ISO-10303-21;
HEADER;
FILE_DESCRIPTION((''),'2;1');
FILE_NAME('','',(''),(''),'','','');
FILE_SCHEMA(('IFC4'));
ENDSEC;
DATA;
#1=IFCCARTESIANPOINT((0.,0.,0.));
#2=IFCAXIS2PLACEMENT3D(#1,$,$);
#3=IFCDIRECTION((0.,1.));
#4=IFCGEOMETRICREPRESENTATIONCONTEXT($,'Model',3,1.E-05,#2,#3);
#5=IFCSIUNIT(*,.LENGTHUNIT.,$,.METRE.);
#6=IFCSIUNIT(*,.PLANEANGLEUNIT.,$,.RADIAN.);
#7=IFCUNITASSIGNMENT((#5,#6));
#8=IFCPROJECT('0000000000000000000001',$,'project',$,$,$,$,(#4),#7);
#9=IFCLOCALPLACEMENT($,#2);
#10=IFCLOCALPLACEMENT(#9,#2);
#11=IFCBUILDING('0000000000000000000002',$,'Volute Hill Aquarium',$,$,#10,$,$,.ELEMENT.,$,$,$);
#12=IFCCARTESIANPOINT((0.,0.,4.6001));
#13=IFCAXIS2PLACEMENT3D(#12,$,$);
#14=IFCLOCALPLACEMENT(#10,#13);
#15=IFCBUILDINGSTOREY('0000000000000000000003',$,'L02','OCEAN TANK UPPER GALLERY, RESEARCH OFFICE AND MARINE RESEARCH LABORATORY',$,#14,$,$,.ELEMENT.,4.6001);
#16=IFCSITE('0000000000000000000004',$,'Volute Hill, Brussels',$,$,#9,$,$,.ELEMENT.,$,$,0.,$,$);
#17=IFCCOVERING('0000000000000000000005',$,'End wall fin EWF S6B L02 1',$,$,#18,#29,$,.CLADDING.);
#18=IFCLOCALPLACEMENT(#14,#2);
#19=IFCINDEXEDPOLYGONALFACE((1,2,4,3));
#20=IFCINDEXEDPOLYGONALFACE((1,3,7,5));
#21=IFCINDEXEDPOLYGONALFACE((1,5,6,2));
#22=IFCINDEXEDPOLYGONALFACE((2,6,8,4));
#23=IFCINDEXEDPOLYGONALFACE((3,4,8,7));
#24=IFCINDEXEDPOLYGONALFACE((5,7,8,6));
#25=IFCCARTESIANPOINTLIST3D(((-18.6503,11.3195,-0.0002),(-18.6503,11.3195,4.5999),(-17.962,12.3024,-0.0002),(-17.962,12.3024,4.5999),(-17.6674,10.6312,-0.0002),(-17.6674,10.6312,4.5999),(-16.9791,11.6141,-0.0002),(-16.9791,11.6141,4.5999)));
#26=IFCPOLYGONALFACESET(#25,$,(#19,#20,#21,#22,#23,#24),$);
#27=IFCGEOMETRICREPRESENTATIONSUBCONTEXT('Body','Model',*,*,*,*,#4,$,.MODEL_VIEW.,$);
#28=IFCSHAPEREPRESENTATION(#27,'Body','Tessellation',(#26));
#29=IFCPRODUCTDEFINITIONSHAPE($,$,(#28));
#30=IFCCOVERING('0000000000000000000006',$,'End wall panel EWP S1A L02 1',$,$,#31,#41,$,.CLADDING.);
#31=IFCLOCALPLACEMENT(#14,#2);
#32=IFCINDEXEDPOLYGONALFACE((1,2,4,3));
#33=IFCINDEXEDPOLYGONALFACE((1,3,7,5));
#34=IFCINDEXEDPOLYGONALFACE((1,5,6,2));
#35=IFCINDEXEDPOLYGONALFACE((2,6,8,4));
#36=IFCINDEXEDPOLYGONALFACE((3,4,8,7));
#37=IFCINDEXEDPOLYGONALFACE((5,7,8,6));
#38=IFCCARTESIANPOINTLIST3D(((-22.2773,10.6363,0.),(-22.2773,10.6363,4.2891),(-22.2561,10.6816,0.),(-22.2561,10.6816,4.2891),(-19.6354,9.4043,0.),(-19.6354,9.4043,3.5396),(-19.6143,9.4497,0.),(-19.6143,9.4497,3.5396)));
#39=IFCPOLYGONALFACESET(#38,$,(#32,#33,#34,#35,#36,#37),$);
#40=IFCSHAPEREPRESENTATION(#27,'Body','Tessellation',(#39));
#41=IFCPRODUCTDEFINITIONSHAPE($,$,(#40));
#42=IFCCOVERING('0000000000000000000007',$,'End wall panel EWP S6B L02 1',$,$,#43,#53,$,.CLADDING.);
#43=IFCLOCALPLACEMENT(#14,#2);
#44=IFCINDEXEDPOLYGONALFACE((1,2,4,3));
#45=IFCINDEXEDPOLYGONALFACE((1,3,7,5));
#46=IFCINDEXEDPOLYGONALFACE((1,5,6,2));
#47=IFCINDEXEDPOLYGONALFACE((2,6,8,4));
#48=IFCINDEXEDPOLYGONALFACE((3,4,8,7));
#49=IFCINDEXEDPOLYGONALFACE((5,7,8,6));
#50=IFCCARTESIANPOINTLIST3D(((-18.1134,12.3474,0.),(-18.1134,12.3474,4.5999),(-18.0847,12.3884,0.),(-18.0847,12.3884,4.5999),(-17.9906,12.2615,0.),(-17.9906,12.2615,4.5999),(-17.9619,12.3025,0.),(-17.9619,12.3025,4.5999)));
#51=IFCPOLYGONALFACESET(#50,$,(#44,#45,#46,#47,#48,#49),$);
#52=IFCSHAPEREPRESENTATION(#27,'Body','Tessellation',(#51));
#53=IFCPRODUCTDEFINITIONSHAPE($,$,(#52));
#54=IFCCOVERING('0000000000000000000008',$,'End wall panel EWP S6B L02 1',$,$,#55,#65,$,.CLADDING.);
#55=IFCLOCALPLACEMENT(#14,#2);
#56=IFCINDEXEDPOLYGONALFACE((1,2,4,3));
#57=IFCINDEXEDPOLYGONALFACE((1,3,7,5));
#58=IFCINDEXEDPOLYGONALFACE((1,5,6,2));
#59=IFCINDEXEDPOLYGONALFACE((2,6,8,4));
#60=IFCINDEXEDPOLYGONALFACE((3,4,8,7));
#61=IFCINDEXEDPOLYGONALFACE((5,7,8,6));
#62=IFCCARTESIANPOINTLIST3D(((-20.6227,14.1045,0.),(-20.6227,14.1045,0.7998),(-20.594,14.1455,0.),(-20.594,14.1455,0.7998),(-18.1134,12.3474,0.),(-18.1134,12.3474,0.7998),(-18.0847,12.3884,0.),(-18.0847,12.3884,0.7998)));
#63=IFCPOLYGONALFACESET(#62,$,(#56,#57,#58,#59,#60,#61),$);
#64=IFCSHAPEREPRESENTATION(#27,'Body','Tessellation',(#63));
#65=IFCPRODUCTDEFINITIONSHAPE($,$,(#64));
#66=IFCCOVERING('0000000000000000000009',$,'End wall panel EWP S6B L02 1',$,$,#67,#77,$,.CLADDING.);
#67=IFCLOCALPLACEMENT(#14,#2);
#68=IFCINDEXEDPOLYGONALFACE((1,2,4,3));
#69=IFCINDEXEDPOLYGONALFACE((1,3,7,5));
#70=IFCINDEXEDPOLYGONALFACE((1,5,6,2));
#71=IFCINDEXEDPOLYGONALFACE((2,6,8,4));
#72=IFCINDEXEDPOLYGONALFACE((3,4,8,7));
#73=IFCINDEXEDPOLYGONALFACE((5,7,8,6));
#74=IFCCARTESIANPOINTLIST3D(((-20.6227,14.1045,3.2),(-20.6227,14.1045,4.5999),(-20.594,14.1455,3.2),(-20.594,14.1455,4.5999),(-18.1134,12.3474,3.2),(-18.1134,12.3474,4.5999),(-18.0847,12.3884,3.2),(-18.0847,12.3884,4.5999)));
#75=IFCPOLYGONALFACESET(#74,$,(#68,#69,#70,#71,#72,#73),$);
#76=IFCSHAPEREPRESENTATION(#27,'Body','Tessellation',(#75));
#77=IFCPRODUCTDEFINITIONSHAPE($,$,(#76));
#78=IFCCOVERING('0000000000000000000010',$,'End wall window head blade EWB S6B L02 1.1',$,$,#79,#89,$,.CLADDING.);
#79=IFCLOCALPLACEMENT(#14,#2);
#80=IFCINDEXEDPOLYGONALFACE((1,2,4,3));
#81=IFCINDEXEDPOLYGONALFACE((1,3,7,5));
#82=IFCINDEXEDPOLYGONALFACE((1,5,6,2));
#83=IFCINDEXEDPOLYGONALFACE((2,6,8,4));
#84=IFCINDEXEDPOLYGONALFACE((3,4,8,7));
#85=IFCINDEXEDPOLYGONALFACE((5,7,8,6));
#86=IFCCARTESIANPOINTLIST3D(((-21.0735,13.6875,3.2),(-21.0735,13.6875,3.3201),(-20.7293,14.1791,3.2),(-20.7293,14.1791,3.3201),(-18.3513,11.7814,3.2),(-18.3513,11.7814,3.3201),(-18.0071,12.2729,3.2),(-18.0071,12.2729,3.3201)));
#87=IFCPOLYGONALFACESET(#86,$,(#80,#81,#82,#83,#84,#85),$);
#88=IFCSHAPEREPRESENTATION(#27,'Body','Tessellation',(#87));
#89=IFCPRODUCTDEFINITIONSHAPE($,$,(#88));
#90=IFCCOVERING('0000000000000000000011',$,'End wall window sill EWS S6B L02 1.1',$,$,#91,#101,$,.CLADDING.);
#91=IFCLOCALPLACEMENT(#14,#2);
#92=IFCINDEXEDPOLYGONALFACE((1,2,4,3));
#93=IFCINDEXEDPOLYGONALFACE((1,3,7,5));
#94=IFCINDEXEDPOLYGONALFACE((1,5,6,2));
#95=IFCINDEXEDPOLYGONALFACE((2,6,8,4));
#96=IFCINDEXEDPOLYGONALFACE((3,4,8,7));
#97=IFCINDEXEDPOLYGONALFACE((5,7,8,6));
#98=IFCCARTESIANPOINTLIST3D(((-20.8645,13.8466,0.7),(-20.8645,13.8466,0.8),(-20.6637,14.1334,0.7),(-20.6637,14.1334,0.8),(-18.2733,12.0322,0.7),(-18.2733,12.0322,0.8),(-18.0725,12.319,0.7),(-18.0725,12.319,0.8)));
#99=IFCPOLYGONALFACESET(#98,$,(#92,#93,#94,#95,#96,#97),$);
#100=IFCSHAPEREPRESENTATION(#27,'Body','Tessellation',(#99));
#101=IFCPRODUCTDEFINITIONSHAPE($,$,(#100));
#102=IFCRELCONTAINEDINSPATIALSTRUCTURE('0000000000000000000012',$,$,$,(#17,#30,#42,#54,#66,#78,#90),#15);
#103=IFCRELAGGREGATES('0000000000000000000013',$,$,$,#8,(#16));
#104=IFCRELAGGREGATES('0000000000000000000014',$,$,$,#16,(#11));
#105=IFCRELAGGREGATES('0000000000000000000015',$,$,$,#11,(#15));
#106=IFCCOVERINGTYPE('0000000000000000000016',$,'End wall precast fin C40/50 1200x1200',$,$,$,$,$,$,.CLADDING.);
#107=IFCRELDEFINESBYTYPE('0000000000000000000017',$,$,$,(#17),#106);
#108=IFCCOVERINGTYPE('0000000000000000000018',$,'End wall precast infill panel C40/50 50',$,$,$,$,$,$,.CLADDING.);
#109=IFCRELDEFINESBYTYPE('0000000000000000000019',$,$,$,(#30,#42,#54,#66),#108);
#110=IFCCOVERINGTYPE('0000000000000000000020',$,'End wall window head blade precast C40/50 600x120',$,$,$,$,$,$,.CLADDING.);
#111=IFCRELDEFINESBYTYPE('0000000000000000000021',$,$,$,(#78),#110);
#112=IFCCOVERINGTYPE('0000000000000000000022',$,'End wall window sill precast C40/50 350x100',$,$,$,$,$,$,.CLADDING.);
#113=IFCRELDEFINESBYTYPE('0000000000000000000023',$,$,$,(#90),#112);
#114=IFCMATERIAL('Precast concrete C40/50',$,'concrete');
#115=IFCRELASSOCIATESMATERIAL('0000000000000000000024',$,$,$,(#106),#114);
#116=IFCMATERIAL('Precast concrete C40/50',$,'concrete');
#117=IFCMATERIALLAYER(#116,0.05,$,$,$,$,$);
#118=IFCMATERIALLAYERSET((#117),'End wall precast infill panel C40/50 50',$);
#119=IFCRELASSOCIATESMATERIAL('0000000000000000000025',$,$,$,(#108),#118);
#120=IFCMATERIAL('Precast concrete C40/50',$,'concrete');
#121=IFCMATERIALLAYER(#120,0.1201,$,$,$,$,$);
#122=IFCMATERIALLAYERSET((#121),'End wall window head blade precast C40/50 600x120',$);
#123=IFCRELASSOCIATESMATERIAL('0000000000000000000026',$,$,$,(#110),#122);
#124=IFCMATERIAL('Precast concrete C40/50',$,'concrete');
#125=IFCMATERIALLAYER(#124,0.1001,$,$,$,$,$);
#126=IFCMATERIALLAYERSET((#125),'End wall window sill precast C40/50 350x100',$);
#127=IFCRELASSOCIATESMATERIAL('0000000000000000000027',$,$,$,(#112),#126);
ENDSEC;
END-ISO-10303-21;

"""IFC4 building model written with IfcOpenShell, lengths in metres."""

from ifc_helpers import new_model, si_unit, direction, frame, origin, origin_2d, place, context, subcontext, project, spatial, polyline, rectangle, outline, extrude, material, layer, layer_set, type_object, element, save


model = new_model("IFC4")

# Units and contexts
model_context = context("Model", 3, precision=1e-05, world=origin(), true_north=direction((0.0, 1.0)))
body_context = subcontext(model_context, "Body", "Model", "MODEL_VIEW")
ifc_project = project(units=[si_unit("LENGTHUNIT", "METRE"), si_unit("PLANEANGLEUNIT", "RADIAN")], contexts=[model_context])

# Site, building, storey
site_placement = place(None, origin())
site = spatial("IfcSite", under=ifc_project, at=site_placement, Name="Volute Hill, Brussels", CompositionType="ELEMENT", RefElevation=0.0)
building_placement = place(site_placement, origin())
building = spatial("IfcBuilding", under=site, at=building_placement, Name="Volute Hill Aquarium", CompositionType="ELEMENT")
storey_placement = place(building_placement, frame((0.0, 0.0, 4.6001)))
storey = spatial("IfcBuildingStorey", under=building, at=storey_placement, Name="L02", Description="OCEAN TANK UPPER GALLERY, RESEARCH OFFICE AND MARINE RESEARCH LABORATORY", CompositionType="ELEMENT", Elevation=4.6001)

# Coverings
ifc_material_1 = material(Name="Precast concrete C40/50", Category="concrete")
covering_type_1 = type_object("IfcCoveringType", Name="End wall precast fin C40/50 1200x1200", PredefinedType="CLADDING", material=ifc_material_1)
covering_1_placement = place(storey_placement, frame((-17.8147, 11.4668, -0.0002), z_axis=(0.0, 0.0, 1.0), x_axis=(-0.819153, 0.573575, 0.0)))
element("IfcCovering", 1, at=covering_1_placement, inside=storey, type_object=covering_type_1, Name="End wall fin EWF S6B L02 1", PredefinedType="CLADDING", context=body_context, shape_type="SweptSolid", body=[
    extrude(rectangle(XDim=1.2, YDim=1.2, at=origin_2d()), origin(), (0.0, 0.0, 1.0), 4.6001),
])
ifc_material_2 = material(Name="Precast concrete C40/50", Category="concrete")
ifc_layer_1 = layer(ifc_material_2, 0.05)
ifc_layer_set_1 = layer_set([ifc_layer_1], Name="End wall precast infill panel C40/50 50")
covering_type_2 = type_object("IfcCoveringType", Name="End wall precast infill panel C40/50 50", PredefinedType="CLADDING", material=ifc_layer_set_1)
covering_2_placement = place(storey_placement, frame((-19.6143, 9.4497, 0.0), z_axis=(0.422624, 0.906305, 0.0), x_axis=(-0.906305, 0.422624, 0.0)))
element("IfcCovering", 2, at=covering_2_placement, inside=storey, type_object=covering_type_2, Name="End wall panel EWP S1A L02 1", PredefinedType="CLADDING", context=body_context, shape_type="SweptSolid", body=[
    extrude(outline(polyline([(0.0, 0.0), (2.915, 0.0), (2.915, 4.2891), (0.0, 3.5396), (0.0, 0.0)])), origin(), (0.0, 0.0, -1.0), 0.05),
])
covering_3_placement = place(storey_placement, frame((-17.9619, 12.3025, 0.0), z_axis=(0.573353, 0.819308, 0.0), x_axis=(-0.819308, 0.573353, 0.0)))
element("IfcCovering", 3, at=covering_3_placement, inside=storey, type_object=covering_type_2, Name="End wall panel EWP S6B L02 1", PredefinedType="CLADDING", context=body_context, shape_type="SweptSolid", body=[
    extrude(outline(polyline([(0.0, 0.0), (0.1499, 0.0), (0.1499, 4.5999), (0.0, 4.5999), (0.0, 0.0)])), origin(), (0.0, 0.0, -1.0), 0.05),
])
covering_4_placement = place(storey_placement, frame((-18.0847, 12.3884, 0.0), z_axis=(0.573591, 0.819142, 0.0), x_axis=(-0.819142, 0.573591, 0.0)))
element("IfcCovering", 4, at=covering_4_placement, inside=storey, type_object=covering_type_2, Name="End wall panel EWP S6B L02 1", PredefinedType="CLADDING", context=body_context, shape_type="SweptSolid", body=[
    extrude(outline(polyline([(0.0, 0.0), (3.0633, 0.0), (3.0633, 0.7998), (0.0, 0.7998), (0.0, 0.0)])), origin(), (0.0, 0.0, -1.0), 0.05),
])
covering_5_placement = place(storey_placement, frame((-18.0847, 12.3884, 3.2), z_axis=(0.573591, 0.819142, 0.0), x_axis=(-0.819142, 0.573591, 0.0)))
element("IfcCovering", 5, at=covering_5_placement, inside=storey, type_object=covering_type_2, Name="End wall panel EWP S6B L02 1", PredefinedType="CLADDING", context=body_context, shape_type="SweptSolid", body=[
    extrude(outline(polyline([(0.0, 0.0), (3.0633, 0.0), (3.0633, 1.3999), (0.0, 1.3999), (0.0, 0.0)])), origin(), (0.0, 0.0, -1.0), 0.05),
])
ifc_material_3 = material(Name="Precast concrete C40/50", Category="concrete")
ifc_layer_2 = layer(ifc_material_3, 0.1201)
ifc_layer_set_2 = layer_set([ifc_layer_2], Name="End wall window head blade precast C40/50 600x120")
covering_type_3 = type_object("IfcCoveringType", Name="End wall window head blade precast C40/50 600x120", PredefinedType="CLADDING", material=ifc_layer_set_2)
covering_6_placement = place(storey_placement, frame((-19.5403, 12.9802, 3.2), z_axis=(0.0, 0.0, 1.0), x_axis=(-0.819153, 0.573575, 0.0)))
element("IfcCovering", 6, at=covering_6_placement, inside=storey, type_object=covering_type_3, Name="End wall window head blade EWB S6B L02 1.1", PredefinedType="CLADDING", context=body_context, shape_type="SweptSolid", body=[
    extrude(rectangle(XDim=3.3232, YDim=0.6001, at=origin_2d()), origin(), (0.0, 0.0, 1.0), 0.1201),
])
ifc_material_4 = material(Name="Precast concrete C40/50", Category="concrete")
ifc_layer_3 = layer(ifc_material_4, 0.1001)
ifc_layer_set_3 = layer_set([ifc_layer_3], Name="End wall window sill precast C40/50 350x100")
covering_type_4 = type_object("IfcCoveringType", Name="End wall window sill precast C40/50 350x100", PredefinedType="CLADDING", material=ifc_layer_set_3)
covering_7_placement = place(storey_placement, frame((-19.4685, 13.0828, 0.7), z_axis=(0.0, 0.0, 1.0), x_axis=(-0.819153, 0.573575, 0.0)))
element("IfcCovering", 7, at=covering_7_placement, inside=storey, type_object=covering_type_4, Name="End wall window sill EWS S6B L02 1.1", PredefinedType="CLADDING", context=body_context, shape_type="SweptSolid", body=[
    extrude(rectangle(XDim=3.1633, YDim=0.3501, at=origin_2d()), origin(), (0.0, 0.0, 1.0), 0.1001),
])

save(model, "model.ifc")
